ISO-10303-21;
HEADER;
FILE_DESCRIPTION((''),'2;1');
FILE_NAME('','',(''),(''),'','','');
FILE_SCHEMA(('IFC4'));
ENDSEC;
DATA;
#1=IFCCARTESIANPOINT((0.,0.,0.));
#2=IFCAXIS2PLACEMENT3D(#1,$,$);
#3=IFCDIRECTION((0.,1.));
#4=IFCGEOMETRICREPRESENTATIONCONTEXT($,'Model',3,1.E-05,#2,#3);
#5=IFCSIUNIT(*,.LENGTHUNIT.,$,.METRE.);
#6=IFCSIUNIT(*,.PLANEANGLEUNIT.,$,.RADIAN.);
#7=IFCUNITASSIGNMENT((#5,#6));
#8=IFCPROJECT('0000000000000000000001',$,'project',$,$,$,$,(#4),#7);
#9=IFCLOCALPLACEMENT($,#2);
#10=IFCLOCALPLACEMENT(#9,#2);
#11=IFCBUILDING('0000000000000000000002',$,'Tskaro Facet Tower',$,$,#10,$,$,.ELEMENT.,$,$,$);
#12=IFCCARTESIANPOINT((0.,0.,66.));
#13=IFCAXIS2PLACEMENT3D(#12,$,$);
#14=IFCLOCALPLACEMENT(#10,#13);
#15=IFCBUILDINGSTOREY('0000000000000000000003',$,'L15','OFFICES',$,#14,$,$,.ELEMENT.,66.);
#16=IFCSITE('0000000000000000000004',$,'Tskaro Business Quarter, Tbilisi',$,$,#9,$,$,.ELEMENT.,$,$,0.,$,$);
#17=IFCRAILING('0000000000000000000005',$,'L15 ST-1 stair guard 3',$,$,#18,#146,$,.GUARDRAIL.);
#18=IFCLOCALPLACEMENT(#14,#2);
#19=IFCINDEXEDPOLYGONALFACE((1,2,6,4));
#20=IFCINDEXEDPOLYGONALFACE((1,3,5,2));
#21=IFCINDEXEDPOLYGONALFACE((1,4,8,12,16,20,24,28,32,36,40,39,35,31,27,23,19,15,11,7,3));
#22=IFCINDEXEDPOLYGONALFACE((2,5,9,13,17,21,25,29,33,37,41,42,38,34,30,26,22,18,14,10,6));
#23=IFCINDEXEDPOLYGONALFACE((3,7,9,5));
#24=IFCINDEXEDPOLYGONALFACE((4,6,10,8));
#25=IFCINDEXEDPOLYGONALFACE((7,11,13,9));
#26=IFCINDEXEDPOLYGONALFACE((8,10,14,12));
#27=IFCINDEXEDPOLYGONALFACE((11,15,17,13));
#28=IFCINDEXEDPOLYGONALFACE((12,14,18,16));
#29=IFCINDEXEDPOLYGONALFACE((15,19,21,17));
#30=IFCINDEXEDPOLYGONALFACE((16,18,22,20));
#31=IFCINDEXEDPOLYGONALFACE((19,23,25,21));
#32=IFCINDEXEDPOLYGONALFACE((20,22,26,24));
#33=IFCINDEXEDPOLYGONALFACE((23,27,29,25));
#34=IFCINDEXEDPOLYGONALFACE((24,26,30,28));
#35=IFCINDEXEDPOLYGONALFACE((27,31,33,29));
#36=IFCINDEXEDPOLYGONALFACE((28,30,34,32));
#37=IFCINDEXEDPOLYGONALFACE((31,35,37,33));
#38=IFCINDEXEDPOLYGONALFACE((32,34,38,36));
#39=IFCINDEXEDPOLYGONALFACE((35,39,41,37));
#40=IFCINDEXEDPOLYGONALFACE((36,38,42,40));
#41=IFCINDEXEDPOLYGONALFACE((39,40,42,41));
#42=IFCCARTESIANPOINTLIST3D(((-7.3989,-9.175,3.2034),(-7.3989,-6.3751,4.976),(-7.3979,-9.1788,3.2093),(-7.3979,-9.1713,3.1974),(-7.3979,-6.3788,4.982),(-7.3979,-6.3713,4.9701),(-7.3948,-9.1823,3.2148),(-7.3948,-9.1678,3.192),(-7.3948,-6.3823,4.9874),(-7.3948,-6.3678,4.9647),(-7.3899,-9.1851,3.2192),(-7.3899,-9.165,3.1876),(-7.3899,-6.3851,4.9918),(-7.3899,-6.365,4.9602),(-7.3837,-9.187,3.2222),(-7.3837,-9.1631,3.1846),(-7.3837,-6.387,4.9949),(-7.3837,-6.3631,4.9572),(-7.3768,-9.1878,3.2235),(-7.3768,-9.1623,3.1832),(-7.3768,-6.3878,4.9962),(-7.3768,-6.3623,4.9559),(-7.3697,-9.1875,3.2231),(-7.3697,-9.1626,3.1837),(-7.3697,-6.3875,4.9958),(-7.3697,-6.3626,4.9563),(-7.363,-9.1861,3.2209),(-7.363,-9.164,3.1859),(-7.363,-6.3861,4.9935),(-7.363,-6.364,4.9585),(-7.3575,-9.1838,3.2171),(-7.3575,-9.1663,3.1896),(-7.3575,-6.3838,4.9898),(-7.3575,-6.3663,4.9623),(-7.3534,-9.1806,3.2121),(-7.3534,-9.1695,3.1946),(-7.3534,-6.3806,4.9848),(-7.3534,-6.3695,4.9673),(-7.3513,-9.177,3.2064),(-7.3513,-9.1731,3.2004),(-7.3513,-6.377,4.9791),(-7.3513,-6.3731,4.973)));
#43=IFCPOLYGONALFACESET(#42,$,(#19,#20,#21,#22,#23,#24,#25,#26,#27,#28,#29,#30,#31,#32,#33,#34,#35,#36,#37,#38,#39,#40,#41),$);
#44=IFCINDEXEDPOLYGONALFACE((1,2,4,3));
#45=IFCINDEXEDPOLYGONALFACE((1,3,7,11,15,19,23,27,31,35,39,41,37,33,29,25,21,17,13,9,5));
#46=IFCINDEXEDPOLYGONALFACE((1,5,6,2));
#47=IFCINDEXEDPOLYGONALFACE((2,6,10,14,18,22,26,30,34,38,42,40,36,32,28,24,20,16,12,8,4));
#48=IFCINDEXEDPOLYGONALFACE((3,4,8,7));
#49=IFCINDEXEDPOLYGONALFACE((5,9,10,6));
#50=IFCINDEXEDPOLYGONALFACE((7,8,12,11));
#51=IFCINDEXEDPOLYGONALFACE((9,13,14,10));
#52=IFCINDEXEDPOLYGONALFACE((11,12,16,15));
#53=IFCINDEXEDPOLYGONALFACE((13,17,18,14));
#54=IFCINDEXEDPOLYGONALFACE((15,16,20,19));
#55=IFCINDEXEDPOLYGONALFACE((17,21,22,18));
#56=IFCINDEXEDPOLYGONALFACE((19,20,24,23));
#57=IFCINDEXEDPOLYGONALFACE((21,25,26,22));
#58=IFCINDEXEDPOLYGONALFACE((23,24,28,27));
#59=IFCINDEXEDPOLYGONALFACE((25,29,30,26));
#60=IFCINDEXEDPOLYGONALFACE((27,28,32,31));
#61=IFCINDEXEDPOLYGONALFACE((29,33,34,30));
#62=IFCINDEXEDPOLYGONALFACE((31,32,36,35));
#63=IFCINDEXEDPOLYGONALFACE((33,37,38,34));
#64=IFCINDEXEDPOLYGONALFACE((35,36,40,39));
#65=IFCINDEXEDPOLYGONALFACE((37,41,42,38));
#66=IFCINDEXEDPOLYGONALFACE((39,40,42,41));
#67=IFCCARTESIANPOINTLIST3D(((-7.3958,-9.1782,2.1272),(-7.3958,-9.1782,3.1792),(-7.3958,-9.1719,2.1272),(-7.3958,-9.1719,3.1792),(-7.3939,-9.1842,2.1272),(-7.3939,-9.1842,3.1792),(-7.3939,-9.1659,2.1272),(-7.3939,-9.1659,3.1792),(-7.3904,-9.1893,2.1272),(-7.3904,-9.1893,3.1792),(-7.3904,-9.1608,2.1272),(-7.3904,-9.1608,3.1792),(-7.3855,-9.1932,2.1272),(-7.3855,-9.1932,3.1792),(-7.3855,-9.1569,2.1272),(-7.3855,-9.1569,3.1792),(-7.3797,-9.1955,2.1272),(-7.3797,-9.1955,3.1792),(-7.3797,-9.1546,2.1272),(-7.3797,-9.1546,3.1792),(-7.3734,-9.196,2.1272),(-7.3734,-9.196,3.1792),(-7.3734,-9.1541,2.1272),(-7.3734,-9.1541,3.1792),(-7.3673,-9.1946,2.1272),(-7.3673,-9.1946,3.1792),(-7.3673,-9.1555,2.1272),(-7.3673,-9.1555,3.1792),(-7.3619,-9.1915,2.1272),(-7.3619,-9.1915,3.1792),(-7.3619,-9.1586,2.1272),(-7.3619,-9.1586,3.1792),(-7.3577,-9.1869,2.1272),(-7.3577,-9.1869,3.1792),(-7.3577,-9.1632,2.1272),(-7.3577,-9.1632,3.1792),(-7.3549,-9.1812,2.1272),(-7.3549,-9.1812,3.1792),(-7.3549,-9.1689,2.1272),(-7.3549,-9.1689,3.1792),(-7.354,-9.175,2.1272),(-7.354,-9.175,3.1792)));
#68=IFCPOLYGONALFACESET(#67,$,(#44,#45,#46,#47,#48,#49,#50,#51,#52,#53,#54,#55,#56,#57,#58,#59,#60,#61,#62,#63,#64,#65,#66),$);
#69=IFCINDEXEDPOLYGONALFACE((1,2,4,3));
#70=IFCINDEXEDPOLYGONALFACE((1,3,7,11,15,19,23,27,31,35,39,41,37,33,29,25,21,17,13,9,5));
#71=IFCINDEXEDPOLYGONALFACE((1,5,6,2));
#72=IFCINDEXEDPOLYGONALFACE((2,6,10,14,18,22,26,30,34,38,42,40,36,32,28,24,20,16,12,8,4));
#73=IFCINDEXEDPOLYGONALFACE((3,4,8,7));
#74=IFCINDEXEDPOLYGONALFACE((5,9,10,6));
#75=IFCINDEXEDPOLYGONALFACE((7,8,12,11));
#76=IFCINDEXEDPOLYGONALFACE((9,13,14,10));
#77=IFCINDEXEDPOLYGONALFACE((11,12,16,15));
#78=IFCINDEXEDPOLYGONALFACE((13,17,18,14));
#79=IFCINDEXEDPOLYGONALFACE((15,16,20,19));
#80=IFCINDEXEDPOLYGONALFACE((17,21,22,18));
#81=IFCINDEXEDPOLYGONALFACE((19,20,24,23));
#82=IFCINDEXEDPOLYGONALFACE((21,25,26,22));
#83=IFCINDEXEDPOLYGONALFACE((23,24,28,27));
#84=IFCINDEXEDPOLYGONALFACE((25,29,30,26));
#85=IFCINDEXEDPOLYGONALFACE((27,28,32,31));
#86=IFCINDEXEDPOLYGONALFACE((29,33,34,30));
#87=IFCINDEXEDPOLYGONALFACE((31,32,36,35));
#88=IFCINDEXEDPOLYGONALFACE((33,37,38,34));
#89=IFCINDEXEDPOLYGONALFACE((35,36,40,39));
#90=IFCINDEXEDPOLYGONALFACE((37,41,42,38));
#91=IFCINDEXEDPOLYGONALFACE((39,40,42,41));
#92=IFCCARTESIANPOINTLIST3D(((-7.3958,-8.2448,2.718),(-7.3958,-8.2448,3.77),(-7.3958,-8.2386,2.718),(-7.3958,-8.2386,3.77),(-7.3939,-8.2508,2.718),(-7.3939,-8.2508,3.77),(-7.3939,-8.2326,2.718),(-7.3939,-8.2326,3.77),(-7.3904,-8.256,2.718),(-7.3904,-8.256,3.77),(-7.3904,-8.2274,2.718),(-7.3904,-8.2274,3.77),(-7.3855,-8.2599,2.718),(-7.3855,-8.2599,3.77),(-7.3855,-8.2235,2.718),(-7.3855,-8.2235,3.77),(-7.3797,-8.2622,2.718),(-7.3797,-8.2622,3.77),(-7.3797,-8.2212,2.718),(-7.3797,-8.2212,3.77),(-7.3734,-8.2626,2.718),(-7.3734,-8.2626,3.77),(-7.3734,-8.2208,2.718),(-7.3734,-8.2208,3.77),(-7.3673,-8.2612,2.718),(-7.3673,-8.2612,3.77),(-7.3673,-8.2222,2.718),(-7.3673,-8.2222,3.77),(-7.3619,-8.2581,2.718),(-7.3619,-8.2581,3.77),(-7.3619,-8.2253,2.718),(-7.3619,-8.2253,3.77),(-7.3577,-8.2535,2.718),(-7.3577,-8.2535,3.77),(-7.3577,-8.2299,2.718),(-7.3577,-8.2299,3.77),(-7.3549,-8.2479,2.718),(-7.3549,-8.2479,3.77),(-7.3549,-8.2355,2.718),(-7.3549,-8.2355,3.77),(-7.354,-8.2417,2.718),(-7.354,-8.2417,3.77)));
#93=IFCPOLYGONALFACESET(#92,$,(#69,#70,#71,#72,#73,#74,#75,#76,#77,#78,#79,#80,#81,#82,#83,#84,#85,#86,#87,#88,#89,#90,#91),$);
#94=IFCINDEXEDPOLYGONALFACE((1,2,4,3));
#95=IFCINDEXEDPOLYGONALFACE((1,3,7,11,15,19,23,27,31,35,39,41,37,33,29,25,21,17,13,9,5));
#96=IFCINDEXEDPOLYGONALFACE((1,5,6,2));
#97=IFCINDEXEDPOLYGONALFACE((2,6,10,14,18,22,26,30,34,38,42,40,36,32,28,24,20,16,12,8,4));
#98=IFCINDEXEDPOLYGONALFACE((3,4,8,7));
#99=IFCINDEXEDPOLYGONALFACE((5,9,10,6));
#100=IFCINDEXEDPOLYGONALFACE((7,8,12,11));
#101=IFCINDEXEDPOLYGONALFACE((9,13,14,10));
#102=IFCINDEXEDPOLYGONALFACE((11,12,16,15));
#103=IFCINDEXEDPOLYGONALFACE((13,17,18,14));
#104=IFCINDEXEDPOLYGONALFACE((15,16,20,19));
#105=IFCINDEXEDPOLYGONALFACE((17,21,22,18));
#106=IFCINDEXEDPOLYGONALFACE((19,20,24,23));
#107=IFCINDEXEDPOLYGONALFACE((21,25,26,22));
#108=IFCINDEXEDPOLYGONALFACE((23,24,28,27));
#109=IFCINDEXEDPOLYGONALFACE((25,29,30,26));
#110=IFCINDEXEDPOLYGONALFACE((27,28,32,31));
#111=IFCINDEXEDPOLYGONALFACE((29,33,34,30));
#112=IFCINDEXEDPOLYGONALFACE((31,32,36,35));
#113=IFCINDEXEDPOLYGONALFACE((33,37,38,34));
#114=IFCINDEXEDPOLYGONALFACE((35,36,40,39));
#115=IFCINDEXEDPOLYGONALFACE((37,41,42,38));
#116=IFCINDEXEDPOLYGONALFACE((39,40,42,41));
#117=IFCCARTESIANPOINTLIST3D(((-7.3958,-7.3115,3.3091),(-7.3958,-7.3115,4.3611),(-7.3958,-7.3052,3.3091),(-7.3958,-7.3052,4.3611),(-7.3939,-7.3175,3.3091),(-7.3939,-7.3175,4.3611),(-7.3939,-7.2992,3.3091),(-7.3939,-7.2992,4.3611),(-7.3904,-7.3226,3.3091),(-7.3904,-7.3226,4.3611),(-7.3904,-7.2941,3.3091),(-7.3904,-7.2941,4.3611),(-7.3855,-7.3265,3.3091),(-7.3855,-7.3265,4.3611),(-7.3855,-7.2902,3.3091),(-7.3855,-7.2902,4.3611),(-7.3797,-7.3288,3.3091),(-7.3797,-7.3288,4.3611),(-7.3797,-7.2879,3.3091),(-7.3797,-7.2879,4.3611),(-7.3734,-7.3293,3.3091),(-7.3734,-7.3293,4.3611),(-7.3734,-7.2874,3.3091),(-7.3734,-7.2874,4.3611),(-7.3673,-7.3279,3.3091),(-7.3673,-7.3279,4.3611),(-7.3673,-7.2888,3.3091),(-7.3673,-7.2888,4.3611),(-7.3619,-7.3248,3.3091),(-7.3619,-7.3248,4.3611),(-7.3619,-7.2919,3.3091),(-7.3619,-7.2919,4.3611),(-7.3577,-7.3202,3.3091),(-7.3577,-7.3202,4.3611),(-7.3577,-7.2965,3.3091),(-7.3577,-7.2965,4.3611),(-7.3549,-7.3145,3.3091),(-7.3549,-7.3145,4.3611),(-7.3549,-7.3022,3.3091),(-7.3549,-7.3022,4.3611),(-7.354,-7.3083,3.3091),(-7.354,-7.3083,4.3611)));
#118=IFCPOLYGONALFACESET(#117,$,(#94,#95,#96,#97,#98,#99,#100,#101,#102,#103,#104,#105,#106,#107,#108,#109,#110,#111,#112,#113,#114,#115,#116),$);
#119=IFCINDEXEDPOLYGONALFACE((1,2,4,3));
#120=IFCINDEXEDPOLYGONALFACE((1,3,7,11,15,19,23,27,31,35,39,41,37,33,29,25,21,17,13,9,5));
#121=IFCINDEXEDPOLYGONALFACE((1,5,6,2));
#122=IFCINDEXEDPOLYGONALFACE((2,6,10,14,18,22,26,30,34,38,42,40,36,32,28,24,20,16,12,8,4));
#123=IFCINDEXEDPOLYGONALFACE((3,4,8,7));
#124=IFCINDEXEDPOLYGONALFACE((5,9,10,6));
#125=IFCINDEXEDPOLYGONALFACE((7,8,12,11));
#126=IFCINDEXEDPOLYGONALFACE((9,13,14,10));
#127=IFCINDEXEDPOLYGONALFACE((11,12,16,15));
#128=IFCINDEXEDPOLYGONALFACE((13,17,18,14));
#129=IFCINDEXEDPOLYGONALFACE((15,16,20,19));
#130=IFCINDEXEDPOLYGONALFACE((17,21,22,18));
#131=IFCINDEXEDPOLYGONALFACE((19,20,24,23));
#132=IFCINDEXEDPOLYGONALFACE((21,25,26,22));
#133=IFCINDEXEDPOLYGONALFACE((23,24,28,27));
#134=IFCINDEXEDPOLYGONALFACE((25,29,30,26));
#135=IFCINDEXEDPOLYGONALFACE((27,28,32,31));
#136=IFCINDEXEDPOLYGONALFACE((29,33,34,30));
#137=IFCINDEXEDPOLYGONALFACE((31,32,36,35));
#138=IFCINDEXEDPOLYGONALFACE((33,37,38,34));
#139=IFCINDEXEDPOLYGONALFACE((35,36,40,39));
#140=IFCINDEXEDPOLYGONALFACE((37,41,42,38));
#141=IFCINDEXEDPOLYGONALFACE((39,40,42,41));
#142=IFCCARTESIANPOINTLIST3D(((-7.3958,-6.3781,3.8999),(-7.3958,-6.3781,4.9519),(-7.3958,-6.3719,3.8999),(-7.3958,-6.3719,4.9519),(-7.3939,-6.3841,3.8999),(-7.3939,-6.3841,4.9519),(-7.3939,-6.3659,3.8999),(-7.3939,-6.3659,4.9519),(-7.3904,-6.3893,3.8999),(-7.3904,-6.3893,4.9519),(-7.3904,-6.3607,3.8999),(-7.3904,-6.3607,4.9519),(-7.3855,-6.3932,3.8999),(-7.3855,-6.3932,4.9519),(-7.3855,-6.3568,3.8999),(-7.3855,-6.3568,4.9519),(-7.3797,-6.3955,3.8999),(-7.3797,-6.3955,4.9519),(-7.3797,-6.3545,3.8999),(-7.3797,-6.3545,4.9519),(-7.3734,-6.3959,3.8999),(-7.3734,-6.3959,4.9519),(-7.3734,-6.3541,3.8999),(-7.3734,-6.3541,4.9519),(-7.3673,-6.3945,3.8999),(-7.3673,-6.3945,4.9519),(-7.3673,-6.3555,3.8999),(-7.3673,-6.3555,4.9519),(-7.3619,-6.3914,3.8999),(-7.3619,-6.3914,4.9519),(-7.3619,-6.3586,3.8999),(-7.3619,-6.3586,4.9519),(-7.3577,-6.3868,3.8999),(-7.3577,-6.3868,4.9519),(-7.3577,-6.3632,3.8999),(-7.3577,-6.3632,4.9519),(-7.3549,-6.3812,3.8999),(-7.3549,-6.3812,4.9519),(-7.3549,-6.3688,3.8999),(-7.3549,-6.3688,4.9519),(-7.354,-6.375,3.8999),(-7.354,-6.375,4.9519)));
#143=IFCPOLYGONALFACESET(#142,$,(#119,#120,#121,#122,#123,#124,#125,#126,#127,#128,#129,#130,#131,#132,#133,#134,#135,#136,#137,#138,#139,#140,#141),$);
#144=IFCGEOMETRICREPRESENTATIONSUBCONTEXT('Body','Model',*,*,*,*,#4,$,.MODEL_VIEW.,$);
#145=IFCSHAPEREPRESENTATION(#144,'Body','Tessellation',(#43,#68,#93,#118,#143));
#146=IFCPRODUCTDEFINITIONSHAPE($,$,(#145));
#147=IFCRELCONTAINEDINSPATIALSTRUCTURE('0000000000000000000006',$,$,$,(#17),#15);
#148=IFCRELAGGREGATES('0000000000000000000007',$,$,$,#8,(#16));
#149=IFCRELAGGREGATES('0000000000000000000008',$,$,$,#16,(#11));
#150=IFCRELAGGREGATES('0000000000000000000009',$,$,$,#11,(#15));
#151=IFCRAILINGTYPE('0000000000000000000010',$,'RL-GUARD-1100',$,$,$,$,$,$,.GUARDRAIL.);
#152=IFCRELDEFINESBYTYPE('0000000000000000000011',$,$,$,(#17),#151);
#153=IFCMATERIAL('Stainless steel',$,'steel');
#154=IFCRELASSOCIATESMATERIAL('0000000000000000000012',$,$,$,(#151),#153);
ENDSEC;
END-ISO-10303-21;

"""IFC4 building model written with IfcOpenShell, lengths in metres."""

from ifc_helpers import new_model, si_unit, direction, frame, origin, origin_2d, place, context, subcontext, project, spatial, circle, extrude, material, type_object, element, save


model = new_model("IFC4")

# Units and contexts
model_context = context("Model", 3, precision=1e-05, world=origin(), true_north=direction((0.0, 1.0)))
body_context = subcontext(model_context, "Body", "Model", "MODEL_VIEW")
ifc_project = project(units=[si_unit("LENGTHUNIT", "METRE"), si_unit("PLANEANGLEUNIT", "RADIAN")], contexts=[model_context])

# Site, building, storey
site_placement = place(None, origin())
site = spatial("IfcSite", under=ifc_project, at=site_placement, Name="Tskaro Business Quarter, Tbilisi", CompositionType="ELEMENT", RefElevation=0.0)
building_placement = place(site_placement, origin())
building = spatial("IfcBuilding", under=site, at=building_placement, Name="Tskaro Facet Tower", CompositionType="ELEMENT")
storey_placement = place(building_placement, frame((0.0, 0.0, 66.0)))
storey = spatial("IfcBuildingStorey", under=building, at=storey_placement, Name="L15", Description="OFFICES", CompositionType="ELEMENT", Elevation=66.0)

# Shared definitions
ifc_material_1 = material(Name="Stainless steel", Category="steel")

# Railing
railing_type_1 = type_object("IfcRailingType", Name="RL-GUARD-1100", PredefinedType="GUARDRAIL", material=ifc_material_1)
railing_1_placement = place(storey_placement, frame((-7.375, -9.175, 2.1272)))
element("IfcRailing", 1, at=railing_1_placement, inside=storey, type_object=railing_type_1, Name="L15 ST-1 stair guard 3", PredefinedType="GUARDRAIL", context=body_context, shape_type="SweptSolid", body=[
    extrude(circle(Radius=0.0239, at=origin_2d()), frame((0.0, 0.0, 1.0762), z_axis=(0.0, 0.844909, 0.53491), x_axis=(-1.0, 0.0, 0.0)), (0.0, 0.0, 1.0), 3.314),
    extrude(circle(Radius=0.021, at=origin_2d()), origin(), (0.0, 0.0, 1.0), 1.052),
    extrude(circle(Radius=0.021, at=origin_2d()), frame((0.0, 0.9333, 0.5908)), (0.0, 0.0, 1.0), 1.052),
    extrude(circle(Radius=0.021, at=origin_2d()), frame((0.0, 1.8667, 1.1819)), (0.0, 0.0, 1.0), 1.052),
    extrude(circle(Radius=0.021, at=origin_2d()), frame((0.0, 2.8, 1.7727)), (0.0, 0.0, 1.0), 1.052),
])

save(model, "model.ifc")
